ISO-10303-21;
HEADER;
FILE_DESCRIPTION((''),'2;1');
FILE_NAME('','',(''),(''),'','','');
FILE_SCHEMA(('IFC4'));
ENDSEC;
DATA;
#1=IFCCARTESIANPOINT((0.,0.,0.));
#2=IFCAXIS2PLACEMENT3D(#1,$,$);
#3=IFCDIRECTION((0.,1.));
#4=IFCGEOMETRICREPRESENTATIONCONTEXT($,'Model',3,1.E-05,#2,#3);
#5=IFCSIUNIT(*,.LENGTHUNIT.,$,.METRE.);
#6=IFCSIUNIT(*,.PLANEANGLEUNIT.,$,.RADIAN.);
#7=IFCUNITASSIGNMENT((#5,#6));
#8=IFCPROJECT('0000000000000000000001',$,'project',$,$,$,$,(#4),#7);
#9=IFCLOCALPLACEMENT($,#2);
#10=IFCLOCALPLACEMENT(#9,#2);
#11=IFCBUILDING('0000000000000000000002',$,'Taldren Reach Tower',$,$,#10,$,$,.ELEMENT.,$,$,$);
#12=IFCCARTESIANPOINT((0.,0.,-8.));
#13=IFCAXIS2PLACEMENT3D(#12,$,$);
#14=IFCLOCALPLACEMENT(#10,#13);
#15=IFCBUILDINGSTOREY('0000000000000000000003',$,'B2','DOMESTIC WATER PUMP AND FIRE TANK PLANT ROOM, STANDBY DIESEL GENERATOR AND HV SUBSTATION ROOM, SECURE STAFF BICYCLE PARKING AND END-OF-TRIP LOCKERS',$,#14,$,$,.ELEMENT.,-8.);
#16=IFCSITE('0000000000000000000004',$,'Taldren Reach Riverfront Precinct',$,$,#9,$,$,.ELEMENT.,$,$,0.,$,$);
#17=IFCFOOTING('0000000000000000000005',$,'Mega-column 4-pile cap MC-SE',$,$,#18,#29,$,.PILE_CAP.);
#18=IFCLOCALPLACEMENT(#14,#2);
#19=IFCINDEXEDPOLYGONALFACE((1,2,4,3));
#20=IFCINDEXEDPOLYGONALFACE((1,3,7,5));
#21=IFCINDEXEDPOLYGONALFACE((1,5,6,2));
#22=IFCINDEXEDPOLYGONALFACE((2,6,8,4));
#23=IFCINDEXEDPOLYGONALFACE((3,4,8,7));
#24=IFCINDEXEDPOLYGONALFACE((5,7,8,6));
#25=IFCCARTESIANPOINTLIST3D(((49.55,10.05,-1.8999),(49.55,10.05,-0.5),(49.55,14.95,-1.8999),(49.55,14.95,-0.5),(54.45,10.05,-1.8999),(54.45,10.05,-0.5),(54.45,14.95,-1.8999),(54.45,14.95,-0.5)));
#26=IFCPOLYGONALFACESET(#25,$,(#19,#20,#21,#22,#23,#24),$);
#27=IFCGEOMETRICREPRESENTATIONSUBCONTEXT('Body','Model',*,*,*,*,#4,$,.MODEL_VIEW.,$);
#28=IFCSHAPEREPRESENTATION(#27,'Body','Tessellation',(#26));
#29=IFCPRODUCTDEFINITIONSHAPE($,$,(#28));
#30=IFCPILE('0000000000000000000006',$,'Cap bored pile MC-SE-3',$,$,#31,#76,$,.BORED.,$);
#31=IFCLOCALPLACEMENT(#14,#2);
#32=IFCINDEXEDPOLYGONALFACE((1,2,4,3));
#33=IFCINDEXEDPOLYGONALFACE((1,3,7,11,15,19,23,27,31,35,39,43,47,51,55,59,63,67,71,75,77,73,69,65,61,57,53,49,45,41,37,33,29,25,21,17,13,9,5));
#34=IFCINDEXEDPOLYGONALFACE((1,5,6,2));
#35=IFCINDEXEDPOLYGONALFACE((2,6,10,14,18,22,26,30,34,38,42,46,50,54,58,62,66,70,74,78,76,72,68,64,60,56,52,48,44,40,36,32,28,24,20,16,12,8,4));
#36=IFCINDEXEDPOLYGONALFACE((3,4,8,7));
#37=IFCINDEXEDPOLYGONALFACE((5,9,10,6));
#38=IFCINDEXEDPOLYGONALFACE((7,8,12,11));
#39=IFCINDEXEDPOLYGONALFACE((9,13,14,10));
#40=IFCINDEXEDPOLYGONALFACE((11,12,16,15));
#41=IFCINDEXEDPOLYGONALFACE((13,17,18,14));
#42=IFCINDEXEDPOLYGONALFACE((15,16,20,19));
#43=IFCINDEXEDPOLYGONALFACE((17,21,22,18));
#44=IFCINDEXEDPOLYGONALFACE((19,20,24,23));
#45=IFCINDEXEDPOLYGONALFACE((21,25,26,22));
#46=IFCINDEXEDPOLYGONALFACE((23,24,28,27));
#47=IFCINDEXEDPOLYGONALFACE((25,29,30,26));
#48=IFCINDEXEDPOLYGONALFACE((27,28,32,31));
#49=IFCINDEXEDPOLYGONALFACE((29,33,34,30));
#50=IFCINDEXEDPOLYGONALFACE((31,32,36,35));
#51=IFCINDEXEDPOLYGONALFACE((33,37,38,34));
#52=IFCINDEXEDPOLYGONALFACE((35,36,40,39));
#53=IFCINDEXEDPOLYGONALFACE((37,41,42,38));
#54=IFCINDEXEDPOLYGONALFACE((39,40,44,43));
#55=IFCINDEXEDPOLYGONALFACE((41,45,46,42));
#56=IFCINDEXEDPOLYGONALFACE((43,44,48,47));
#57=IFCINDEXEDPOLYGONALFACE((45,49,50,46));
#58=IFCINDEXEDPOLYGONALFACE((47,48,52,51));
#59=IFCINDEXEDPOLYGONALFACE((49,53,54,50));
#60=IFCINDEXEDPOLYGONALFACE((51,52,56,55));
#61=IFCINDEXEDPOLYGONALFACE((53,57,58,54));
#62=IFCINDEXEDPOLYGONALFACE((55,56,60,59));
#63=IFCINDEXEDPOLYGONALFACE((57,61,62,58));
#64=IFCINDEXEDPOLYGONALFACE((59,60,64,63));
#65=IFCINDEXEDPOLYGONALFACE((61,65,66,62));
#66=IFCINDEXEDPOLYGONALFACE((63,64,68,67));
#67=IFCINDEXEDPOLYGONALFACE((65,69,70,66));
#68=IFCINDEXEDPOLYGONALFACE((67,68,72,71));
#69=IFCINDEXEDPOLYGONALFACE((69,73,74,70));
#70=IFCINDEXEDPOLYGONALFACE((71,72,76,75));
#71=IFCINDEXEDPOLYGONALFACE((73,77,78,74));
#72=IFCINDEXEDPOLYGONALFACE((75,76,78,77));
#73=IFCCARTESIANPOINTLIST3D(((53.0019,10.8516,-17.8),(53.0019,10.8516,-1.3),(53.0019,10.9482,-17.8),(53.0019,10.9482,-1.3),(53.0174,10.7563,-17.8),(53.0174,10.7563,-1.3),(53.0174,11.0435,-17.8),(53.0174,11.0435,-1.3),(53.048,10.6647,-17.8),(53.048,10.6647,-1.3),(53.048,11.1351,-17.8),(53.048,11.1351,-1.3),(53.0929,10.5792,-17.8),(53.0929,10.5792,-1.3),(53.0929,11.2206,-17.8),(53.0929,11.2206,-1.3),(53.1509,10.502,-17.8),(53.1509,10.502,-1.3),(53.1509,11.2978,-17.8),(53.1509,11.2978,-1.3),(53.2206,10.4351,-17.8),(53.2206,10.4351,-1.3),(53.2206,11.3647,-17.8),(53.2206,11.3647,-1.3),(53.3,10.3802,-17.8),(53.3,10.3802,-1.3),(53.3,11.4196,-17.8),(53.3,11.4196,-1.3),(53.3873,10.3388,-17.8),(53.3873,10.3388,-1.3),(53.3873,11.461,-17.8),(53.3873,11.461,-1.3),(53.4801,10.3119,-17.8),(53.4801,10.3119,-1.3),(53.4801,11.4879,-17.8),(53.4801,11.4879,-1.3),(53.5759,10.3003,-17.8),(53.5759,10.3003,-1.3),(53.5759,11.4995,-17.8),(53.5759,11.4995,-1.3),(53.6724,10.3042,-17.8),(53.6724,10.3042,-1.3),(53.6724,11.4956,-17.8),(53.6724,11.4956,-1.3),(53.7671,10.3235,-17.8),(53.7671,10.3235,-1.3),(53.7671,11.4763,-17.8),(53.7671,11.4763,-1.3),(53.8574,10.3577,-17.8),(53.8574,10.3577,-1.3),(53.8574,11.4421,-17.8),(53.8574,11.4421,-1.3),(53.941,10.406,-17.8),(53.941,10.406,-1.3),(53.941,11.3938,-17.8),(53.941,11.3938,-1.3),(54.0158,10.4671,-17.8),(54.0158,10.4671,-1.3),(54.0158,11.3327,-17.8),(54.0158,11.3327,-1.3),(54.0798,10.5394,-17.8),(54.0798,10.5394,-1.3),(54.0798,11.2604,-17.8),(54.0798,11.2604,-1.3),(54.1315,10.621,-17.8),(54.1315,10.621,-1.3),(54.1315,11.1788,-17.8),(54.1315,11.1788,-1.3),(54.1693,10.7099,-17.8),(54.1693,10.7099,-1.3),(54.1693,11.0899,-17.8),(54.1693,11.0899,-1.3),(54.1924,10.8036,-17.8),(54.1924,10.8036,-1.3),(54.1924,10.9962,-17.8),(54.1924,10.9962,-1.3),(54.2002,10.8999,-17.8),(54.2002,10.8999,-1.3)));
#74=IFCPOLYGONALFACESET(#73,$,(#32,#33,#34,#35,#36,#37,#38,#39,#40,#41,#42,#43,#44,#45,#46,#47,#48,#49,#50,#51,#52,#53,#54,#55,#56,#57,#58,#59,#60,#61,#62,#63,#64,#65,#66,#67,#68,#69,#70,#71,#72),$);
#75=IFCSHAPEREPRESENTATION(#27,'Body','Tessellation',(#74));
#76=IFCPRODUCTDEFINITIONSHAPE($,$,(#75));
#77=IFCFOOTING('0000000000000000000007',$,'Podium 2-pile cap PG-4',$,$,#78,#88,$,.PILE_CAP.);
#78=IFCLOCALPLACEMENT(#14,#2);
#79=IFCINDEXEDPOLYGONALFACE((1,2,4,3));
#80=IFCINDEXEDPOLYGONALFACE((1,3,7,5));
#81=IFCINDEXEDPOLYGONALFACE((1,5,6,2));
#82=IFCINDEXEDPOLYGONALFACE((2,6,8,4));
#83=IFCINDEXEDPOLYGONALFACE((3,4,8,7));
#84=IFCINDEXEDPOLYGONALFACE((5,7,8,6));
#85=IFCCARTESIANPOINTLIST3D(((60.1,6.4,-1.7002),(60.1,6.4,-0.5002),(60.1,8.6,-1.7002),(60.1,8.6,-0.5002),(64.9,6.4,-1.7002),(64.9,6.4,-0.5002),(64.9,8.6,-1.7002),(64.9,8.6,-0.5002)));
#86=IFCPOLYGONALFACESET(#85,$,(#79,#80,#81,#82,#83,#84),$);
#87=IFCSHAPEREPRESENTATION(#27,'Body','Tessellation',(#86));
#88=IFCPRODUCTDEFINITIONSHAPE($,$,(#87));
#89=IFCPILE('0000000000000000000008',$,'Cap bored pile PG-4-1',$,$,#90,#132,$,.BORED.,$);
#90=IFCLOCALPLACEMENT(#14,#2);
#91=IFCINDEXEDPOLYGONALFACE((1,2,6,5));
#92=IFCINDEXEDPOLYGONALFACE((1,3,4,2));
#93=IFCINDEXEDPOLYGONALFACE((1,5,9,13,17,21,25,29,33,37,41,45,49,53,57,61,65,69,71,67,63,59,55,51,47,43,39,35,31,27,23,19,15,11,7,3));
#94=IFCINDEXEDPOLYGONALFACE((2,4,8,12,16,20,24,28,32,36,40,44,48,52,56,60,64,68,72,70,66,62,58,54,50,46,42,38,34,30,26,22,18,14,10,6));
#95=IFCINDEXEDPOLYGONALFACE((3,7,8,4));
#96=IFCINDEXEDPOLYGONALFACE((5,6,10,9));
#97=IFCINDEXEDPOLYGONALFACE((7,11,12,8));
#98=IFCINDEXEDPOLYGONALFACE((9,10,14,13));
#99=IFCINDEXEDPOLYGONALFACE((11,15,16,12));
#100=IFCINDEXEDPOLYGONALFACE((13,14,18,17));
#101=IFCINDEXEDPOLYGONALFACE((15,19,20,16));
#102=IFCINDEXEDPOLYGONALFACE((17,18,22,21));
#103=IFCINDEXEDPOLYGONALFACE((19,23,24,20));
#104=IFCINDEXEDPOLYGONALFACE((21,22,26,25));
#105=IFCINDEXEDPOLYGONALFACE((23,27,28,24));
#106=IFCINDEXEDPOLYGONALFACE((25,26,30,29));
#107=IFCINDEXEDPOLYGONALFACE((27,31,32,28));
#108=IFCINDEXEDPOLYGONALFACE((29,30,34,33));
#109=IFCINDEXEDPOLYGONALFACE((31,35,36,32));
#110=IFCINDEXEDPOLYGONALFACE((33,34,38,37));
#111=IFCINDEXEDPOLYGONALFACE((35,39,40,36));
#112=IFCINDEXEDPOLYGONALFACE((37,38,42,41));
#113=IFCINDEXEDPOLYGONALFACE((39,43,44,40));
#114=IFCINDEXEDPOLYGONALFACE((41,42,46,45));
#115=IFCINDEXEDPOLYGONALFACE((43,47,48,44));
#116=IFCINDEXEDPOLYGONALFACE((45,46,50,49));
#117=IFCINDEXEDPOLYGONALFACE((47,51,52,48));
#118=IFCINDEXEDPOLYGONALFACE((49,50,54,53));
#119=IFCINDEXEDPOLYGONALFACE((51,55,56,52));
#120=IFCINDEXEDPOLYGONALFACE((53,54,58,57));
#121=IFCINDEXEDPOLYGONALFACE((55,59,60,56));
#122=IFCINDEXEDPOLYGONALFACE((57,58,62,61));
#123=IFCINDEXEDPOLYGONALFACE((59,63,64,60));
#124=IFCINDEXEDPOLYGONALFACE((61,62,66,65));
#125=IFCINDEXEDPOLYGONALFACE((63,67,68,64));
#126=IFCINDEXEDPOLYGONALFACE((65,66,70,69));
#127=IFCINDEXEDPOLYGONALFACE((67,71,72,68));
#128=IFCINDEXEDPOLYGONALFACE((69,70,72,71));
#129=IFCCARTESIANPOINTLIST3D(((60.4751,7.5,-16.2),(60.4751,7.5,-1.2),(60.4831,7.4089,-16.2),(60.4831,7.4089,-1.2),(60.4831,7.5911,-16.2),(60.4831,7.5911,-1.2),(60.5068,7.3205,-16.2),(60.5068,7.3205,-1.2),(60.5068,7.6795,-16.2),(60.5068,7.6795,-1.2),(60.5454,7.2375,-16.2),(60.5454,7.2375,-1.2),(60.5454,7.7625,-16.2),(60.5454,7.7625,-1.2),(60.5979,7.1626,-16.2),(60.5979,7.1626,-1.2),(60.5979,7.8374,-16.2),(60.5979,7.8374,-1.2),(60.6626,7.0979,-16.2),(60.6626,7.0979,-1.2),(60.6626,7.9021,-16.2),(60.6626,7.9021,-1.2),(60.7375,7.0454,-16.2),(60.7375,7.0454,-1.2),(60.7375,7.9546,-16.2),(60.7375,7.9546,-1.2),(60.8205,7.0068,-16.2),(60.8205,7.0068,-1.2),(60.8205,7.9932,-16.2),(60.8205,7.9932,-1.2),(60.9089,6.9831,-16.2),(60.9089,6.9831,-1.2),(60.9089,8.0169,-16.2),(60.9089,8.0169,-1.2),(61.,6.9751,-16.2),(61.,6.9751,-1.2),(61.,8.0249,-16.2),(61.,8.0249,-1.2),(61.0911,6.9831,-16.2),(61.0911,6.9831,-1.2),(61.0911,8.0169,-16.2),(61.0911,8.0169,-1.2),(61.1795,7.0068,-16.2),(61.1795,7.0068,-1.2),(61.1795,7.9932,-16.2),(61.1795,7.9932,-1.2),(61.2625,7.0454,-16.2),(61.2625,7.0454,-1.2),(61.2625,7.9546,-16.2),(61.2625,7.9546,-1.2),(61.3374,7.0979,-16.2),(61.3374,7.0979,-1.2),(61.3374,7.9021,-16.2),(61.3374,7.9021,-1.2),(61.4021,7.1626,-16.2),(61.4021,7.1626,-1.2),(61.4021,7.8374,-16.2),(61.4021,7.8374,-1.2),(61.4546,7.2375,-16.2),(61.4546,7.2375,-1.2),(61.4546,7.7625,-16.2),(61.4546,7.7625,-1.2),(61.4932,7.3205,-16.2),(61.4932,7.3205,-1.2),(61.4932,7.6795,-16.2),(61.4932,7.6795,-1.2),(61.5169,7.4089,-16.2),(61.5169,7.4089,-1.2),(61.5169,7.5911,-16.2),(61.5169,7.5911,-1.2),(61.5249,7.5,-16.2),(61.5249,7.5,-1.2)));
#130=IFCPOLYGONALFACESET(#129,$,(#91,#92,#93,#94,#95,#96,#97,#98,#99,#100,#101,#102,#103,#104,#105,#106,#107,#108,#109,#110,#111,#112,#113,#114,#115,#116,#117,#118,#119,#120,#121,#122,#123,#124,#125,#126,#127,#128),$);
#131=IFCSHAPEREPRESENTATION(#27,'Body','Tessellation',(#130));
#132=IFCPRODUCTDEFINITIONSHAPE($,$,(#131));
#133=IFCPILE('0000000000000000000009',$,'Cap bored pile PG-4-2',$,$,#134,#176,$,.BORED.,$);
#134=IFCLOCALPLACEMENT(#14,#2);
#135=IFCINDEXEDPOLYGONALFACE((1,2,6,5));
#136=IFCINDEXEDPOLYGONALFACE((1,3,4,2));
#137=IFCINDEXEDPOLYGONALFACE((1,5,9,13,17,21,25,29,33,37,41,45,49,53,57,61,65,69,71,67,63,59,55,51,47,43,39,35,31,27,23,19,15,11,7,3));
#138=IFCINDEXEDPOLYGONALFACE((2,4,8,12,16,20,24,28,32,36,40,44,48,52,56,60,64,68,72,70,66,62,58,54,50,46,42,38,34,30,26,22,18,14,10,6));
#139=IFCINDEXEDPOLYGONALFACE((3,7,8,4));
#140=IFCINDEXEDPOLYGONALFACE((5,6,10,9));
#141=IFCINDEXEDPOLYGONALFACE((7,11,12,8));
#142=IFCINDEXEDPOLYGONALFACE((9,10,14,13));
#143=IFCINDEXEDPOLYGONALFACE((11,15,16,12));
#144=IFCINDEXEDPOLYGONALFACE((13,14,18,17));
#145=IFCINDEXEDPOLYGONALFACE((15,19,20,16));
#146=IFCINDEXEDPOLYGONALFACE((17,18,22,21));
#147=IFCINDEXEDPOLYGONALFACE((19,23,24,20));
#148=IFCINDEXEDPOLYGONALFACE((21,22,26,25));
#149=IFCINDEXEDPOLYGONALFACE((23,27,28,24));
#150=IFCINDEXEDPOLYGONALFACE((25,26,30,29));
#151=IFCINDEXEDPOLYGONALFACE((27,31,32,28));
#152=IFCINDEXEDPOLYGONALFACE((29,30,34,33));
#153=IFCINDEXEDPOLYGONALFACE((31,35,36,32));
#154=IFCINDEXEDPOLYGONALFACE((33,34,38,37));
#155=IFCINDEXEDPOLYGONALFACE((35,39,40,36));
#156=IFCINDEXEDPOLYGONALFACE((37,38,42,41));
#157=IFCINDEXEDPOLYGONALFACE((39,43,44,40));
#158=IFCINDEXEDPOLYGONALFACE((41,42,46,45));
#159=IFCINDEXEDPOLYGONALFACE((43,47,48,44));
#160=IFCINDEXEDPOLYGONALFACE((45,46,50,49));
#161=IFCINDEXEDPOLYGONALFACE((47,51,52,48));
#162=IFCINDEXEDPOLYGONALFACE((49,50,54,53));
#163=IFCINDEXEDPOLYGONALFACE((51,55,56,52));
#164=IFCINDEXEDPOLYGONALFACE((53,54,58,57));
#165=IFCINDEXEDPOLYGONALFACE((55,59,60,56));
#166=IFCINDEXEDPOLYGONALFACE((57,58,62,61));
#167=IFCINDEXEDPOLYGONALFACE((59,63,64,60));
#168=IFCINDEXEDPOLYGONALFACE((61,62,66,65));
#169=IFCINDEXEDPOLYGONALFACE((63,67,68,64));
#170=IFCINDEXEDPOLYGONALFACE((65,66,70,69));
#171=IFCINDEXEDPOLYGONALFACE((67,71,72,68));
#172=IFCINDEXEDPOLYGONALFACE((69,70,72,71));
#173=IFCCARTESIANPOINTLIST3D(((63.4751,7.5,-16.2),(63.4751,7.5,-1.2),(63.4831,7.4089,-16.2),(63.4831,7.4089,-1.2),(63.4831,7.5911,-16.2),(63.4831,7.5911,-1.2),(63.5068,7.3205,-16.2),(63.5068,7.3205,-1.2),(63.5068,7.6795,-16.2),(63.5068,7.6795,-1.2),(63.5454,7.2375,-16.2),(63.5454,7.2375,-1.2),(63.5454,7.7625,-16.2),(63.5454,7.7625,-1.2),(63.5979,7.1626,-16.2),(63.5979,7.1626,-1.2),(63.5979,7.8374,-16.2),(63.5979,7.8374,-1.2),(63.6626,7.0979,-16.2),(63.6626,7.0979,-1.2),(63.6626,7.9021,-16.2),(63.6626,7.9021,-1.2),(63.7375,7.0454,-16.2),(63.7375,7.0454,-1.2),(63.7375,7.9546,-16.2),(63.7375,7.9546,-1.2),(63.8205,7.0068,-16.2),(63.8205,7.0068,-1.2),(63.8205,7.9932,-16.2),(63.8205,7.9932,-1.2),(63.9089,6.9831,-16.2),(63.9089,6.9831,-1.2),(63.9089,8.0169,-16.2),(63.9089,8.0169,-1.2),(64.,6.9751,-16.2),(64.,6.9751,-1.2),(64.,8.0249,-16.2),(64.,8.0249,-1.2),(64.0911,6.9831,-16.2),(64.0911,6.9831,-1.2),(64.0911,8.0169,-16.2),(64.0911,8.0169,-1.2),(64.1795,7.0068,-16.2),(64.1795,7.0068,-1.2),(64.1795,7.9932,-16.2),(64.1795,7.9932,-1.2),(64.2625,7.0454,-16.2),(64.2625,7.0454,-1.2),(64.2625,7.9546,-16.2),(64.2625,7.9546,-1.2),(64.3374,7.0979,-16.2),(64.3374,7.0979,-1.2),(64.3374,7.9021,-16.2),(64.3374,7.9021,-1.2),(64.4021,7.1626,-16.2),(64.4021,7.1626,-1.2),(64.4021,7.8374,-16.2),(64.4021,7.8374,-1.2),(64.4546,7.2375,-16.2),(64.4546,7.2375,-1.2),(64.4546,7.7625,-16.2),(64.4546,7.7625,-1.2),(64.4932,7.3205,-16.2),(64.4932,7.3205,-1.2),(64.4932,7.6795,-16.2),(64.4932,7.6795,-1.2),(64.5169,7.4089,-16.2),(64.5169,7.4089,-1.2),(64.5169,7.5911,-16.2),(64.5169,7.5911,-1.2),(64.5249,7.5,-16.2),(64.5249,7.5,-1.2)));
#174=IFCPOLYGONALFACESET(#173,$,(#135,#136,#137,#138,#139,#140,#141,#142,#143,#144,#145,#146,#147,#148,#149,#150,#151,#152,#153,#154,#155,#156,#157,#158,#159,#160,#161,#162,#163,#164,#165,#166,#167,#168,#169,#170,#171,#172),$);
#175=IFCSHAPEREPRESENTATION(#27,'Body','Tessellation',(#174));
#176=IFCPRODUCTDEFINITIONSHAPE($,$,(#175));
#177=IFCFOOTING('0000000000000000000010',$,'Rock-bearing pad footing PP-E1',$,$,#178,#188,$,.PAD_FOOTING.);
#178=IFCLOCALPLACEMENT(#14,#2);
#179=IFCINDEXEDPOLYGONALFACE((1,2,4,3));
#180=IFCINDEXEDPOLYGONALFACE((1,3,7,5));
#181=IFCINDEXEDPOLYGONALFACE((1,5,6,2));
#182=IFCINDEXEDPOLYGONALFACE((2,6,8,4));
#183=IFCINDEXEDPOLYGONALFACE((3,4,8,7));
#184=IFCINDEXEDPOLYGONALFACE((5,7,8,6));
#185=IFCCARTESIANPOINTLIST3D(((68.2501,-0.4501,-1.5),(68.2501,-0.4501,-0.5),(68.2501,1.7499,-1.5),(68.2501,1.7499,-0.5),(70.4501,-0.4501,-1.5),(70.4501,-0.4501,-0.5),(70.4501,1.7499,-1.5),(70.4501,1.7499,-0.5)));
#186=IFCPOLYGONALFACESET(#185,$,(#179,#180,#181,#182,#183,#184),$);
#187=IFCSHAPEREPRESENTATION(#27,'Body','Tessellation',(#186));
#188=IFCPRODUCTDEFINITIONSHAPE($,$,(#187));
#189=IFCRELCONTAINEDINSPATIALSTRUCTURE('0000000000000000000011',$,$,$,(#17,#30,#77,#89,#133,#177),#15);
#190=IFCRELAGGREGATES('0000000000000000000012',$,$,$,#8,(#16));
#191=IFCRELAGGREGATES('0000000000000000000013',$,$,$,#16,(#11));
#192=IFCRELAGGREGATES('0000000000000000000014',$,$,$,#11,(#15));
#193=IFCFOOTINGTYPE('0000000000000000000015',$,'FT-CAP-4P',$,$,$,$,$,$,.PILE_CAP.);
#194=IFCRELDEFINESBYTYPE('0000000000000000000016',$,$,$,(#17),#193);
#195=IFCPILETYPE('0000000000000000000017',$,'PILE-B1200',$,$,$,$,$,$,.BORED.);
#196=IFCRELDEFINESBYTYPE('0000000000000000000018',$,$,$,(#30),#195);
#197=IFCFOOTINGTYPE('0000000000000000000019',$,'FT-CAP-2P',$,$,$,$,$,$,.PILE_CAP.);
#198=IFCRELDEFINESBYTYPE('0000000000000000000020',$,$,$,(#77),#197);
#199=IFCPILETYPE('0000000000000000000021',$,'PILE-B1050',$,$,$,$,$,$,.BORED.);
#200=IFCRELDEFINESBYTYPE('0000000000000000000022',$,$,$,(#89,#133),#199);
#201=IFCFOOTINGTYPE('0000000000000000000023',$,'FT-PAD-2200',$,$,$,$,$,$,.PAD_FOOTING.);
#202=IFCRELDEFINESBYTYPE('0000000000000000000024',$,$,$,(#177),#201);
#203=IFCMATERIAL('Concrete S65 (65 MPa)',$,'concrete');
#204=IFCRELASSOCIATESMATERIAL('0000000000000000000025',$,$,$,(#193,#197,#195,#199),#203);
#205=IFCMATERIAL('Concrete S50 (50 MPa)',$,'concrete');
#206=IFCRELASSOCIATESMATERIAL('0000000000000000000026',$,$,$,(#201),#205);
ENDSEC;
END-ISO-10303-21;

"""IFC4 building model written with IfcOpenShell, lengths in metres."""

from ifc_helpers import new_model, si_unit, direction, frame, origin, origin_2d, place, context, subcontext, project, spatial, rectangle, circle, extrude, source, transform, mapped, material, material_profile, profile_set, type_object, element, save


model = new_model("IFC4")

# Units and contexts
model_context = context("Model", 3, precision=1e-05, world=origin(), true_north=direction((0.0, 1.0)))
body_context = subcontext(model_context, "Body", "Model", "MODEL_VIEW")
ifc_project = project(units=[si_unit("LENGTHUNIT", "METRE"), si_unit("PLANEANGLEUNIT", "RADIAN")], contexts=[model_context])

# Site, building, storey
site_placement = place(None, origin())
site = spatial("IfcSite", under=ifc_project, at=site_placement, Name="Taldren Reach Riverfront Precinct", CompositionType="ELEMENT", RefElevation=0.0)
building_placement = place(site_placement, origin())
building = spatial("IfcBuilding", under=site, at=building_placement, Name="Taldren Reach Tower", CompositionType="ELEMENT")
storey_placement = place(building_placement, frame((0.0, 0.0, -8.0)))
storey = spatial("IfcBuildingStorey", under=building, at=storey_placement, Name="B2", Description="DOMESTIC WATER PUMP AND FIRE TANK PLANT ROOM, STANDBY DIESEL GENERATOR AND HV SUBSTATION ROOM, SECURE STAFF BICYCLE PARKING AND END-OF-TRIP LOCKERS", CompositionType="ELEMENT", Elevation=-8.0)

# Footing
ifc_material_1 = material(Name="Concrete S65 (65 MPa)", Category="concrete")
footing_type_1 = type_object("IfcFootingType", Name="FT-CAP-4P", PredefinedType="PILE_CAP", material=ifc_material_1)
shared_shape_1 = source(origin(), body_context, "Body", "SweptSolid", [
    extrude(rectangle(XDim=4.8999, YDim=4.8999, at=origin_2d()), origin(), (0.0, 0.0, 1.0), 1.3999),
])
footing_1_placement = place(storey_placement, frame((52.0, 12.5, -1.8999), z_axis=(0.0, 0.0, 1.0), x_axis=(1.0, 0.0, 0.0)))
element("IfcFooting", 1, at=footing_1_placement, inside=storey, type_object=footing_type_1, Name="Mega-column 4-pile cap MC-SE", PredefinedType="PILE_CAP", context=body_context, shape_type="MappedRepresentation", body=[
    mapped(shared_shape_1, transform((0.0, 0.0, 0.0), scale=1.0)),
])

# Pile
ifc_material_profile_1 = material_profile(ifc_material_1, circle(Radius=0.6001, at=origin_2d()), Name="PB-1200")
ifc_profile_set_1 = profile_set([ifc_material_profile_1], Name="Concrete S65 (65 MPa)")
pile_type_1 = type_object("IfcPileType", Name="PILE-B1200", PredefinedType="BORED", material=ifc_profile_set_1)
shared_shape_2 = source(origin(), body_context, "Body", "SweptSolid", [
    extrude(circle(Radius=0.6001, at=origin_2d()), origin(), (0.0, 0.0, 1.0), 16.5),
])
pile_placement = place(storey_placement, frame((53.6001, 10.8999, -1.3), z_axis=(0.0, 0.0, -1.0), x_axis=(1.0, 0.0, 0.0)))
element("IfcPile", 2, at=pile_placement, inside=storey, type_object=pile_type_1, Name="Cap bored pile MC-SE-3", PredefinedType="BORED", context=body_context, shape_type="MappedRepresentation", body=[
    mapped(shared_shape_2, transform((0.0, 0.0, 0.0), scale=1.0)),
])

# Footing
footing_type_2 = type_object("IfcFootingType", Name="FT-CAP-2P", PredefinedType="PILE_CAP", material=ifc_material_1)
shared_shape_3 = source(origin(), body_context, "Body", "SweptSolid", [
    extrude(rectangle(XDim=4.8, YDim=2.2, at=origin_2d()), origin(), (0.0, 0.0, 1.0), 1.2),
])
footing_2_placement = place(storey_placement, frame((62.5, 7.5, -1.7002), z_axis=(0.0, 0.0, 1.0), x_axis=(1.0, 0.0, 0.0)))
element("IfcFooting", 3, at=footing_2_placement, inside=storey, type_object=footing_type_2, Name="Podium 2-pile cap PG-4", PredefinedType="PILE_CAP", context=body_context, shape_type="MappedRepresentation", body=[
    mapped(shared_shape_3, transform((0.0, 0.0, 0.0), scale=1.0)),
])

# Piles
ifc_material_profile_2 = material_profile(ifc_material_1, circle(Radius=0.5249, at=origin_2d()), Name="PB-1050")
ifc_profile_set_2 = profile_set([ifc_material_profile_2], Name="Concrete S65 (65 MPa)")
pile_type_2 = type_object("IfcPileType", Name="PILE-B1050", PredefinedType="BORED", material=ifc_profile_set_2)
shared_shape_4 = source(origin(), body_context, "Body", "SweptSolid", [
    extrude(circle(Radius=0.5249, at=origin_2d()), origin(), (0.0, 0.0, 1.0), 15.0),
])
for number, where, z_axis, x_axis, name in (
    (4, (61.0, 7.5, -1.2), (0.0, 0.0, -1.0), (1.0, 0.0, 0.0), "Cap bored pile PG-4-1"),
    (5, (64.0, 7.5, -1.2), (0.0, 0.0, -1.0), (1.0, 0.0, 0.0), "Cap bored pile PG-4-2"),
):
    element("IfcPile", number, at=place(storey_placement, frame(where, z_axis=z_axis, x_axis=x_axis)), inside=storey, type_object=pile_type_2, Name=name, PredefinedType="BORED", context=body_context, shape_type="MappedRepresentation", body=[
        mapped(shared_shape_4, transform((0.0, 0.0, 0.0), scale=1.0)),
    ])

# Footing
ifc_material_2 = material(Name="Concrete S50 (50 MPa)", Category="concrete")
footing_type_3 = type_object("IfcFootingType", Name="FT-PAD-2200", PredefinedType="PAD_FOOTING", material=ifc_material_2)
shared_shape_5 = source(origin(), body_context, "Body", "SweptSolid", [
    extrude(rectangle(XDim=2.2, YDim=2.2, at=origin_2d()), origin(), (0.0, 0.0, 1.0), 1.0),
])
footing_3_placement = place(storey_placement, frame((69.3501, 0.6499, -1.5), z_axis=(0.0, 0.0, 1.0), x_axis=(1.0, 0.0, 0.0)))
element("IfcFooting", 6, at=footing_3_placement, inside=storey, type_object=footing_type_3, Name="Rock-bearing pad footing PP-E1", PredefinedType="PAD_FOOTING", context=body_context, shape_type="MappedRepresentation", body=[
    mapped(shared_shape_5, transform((0.0, 0.0, 0.0), scale=1.0)),
])

save(model, "model.ifc")
